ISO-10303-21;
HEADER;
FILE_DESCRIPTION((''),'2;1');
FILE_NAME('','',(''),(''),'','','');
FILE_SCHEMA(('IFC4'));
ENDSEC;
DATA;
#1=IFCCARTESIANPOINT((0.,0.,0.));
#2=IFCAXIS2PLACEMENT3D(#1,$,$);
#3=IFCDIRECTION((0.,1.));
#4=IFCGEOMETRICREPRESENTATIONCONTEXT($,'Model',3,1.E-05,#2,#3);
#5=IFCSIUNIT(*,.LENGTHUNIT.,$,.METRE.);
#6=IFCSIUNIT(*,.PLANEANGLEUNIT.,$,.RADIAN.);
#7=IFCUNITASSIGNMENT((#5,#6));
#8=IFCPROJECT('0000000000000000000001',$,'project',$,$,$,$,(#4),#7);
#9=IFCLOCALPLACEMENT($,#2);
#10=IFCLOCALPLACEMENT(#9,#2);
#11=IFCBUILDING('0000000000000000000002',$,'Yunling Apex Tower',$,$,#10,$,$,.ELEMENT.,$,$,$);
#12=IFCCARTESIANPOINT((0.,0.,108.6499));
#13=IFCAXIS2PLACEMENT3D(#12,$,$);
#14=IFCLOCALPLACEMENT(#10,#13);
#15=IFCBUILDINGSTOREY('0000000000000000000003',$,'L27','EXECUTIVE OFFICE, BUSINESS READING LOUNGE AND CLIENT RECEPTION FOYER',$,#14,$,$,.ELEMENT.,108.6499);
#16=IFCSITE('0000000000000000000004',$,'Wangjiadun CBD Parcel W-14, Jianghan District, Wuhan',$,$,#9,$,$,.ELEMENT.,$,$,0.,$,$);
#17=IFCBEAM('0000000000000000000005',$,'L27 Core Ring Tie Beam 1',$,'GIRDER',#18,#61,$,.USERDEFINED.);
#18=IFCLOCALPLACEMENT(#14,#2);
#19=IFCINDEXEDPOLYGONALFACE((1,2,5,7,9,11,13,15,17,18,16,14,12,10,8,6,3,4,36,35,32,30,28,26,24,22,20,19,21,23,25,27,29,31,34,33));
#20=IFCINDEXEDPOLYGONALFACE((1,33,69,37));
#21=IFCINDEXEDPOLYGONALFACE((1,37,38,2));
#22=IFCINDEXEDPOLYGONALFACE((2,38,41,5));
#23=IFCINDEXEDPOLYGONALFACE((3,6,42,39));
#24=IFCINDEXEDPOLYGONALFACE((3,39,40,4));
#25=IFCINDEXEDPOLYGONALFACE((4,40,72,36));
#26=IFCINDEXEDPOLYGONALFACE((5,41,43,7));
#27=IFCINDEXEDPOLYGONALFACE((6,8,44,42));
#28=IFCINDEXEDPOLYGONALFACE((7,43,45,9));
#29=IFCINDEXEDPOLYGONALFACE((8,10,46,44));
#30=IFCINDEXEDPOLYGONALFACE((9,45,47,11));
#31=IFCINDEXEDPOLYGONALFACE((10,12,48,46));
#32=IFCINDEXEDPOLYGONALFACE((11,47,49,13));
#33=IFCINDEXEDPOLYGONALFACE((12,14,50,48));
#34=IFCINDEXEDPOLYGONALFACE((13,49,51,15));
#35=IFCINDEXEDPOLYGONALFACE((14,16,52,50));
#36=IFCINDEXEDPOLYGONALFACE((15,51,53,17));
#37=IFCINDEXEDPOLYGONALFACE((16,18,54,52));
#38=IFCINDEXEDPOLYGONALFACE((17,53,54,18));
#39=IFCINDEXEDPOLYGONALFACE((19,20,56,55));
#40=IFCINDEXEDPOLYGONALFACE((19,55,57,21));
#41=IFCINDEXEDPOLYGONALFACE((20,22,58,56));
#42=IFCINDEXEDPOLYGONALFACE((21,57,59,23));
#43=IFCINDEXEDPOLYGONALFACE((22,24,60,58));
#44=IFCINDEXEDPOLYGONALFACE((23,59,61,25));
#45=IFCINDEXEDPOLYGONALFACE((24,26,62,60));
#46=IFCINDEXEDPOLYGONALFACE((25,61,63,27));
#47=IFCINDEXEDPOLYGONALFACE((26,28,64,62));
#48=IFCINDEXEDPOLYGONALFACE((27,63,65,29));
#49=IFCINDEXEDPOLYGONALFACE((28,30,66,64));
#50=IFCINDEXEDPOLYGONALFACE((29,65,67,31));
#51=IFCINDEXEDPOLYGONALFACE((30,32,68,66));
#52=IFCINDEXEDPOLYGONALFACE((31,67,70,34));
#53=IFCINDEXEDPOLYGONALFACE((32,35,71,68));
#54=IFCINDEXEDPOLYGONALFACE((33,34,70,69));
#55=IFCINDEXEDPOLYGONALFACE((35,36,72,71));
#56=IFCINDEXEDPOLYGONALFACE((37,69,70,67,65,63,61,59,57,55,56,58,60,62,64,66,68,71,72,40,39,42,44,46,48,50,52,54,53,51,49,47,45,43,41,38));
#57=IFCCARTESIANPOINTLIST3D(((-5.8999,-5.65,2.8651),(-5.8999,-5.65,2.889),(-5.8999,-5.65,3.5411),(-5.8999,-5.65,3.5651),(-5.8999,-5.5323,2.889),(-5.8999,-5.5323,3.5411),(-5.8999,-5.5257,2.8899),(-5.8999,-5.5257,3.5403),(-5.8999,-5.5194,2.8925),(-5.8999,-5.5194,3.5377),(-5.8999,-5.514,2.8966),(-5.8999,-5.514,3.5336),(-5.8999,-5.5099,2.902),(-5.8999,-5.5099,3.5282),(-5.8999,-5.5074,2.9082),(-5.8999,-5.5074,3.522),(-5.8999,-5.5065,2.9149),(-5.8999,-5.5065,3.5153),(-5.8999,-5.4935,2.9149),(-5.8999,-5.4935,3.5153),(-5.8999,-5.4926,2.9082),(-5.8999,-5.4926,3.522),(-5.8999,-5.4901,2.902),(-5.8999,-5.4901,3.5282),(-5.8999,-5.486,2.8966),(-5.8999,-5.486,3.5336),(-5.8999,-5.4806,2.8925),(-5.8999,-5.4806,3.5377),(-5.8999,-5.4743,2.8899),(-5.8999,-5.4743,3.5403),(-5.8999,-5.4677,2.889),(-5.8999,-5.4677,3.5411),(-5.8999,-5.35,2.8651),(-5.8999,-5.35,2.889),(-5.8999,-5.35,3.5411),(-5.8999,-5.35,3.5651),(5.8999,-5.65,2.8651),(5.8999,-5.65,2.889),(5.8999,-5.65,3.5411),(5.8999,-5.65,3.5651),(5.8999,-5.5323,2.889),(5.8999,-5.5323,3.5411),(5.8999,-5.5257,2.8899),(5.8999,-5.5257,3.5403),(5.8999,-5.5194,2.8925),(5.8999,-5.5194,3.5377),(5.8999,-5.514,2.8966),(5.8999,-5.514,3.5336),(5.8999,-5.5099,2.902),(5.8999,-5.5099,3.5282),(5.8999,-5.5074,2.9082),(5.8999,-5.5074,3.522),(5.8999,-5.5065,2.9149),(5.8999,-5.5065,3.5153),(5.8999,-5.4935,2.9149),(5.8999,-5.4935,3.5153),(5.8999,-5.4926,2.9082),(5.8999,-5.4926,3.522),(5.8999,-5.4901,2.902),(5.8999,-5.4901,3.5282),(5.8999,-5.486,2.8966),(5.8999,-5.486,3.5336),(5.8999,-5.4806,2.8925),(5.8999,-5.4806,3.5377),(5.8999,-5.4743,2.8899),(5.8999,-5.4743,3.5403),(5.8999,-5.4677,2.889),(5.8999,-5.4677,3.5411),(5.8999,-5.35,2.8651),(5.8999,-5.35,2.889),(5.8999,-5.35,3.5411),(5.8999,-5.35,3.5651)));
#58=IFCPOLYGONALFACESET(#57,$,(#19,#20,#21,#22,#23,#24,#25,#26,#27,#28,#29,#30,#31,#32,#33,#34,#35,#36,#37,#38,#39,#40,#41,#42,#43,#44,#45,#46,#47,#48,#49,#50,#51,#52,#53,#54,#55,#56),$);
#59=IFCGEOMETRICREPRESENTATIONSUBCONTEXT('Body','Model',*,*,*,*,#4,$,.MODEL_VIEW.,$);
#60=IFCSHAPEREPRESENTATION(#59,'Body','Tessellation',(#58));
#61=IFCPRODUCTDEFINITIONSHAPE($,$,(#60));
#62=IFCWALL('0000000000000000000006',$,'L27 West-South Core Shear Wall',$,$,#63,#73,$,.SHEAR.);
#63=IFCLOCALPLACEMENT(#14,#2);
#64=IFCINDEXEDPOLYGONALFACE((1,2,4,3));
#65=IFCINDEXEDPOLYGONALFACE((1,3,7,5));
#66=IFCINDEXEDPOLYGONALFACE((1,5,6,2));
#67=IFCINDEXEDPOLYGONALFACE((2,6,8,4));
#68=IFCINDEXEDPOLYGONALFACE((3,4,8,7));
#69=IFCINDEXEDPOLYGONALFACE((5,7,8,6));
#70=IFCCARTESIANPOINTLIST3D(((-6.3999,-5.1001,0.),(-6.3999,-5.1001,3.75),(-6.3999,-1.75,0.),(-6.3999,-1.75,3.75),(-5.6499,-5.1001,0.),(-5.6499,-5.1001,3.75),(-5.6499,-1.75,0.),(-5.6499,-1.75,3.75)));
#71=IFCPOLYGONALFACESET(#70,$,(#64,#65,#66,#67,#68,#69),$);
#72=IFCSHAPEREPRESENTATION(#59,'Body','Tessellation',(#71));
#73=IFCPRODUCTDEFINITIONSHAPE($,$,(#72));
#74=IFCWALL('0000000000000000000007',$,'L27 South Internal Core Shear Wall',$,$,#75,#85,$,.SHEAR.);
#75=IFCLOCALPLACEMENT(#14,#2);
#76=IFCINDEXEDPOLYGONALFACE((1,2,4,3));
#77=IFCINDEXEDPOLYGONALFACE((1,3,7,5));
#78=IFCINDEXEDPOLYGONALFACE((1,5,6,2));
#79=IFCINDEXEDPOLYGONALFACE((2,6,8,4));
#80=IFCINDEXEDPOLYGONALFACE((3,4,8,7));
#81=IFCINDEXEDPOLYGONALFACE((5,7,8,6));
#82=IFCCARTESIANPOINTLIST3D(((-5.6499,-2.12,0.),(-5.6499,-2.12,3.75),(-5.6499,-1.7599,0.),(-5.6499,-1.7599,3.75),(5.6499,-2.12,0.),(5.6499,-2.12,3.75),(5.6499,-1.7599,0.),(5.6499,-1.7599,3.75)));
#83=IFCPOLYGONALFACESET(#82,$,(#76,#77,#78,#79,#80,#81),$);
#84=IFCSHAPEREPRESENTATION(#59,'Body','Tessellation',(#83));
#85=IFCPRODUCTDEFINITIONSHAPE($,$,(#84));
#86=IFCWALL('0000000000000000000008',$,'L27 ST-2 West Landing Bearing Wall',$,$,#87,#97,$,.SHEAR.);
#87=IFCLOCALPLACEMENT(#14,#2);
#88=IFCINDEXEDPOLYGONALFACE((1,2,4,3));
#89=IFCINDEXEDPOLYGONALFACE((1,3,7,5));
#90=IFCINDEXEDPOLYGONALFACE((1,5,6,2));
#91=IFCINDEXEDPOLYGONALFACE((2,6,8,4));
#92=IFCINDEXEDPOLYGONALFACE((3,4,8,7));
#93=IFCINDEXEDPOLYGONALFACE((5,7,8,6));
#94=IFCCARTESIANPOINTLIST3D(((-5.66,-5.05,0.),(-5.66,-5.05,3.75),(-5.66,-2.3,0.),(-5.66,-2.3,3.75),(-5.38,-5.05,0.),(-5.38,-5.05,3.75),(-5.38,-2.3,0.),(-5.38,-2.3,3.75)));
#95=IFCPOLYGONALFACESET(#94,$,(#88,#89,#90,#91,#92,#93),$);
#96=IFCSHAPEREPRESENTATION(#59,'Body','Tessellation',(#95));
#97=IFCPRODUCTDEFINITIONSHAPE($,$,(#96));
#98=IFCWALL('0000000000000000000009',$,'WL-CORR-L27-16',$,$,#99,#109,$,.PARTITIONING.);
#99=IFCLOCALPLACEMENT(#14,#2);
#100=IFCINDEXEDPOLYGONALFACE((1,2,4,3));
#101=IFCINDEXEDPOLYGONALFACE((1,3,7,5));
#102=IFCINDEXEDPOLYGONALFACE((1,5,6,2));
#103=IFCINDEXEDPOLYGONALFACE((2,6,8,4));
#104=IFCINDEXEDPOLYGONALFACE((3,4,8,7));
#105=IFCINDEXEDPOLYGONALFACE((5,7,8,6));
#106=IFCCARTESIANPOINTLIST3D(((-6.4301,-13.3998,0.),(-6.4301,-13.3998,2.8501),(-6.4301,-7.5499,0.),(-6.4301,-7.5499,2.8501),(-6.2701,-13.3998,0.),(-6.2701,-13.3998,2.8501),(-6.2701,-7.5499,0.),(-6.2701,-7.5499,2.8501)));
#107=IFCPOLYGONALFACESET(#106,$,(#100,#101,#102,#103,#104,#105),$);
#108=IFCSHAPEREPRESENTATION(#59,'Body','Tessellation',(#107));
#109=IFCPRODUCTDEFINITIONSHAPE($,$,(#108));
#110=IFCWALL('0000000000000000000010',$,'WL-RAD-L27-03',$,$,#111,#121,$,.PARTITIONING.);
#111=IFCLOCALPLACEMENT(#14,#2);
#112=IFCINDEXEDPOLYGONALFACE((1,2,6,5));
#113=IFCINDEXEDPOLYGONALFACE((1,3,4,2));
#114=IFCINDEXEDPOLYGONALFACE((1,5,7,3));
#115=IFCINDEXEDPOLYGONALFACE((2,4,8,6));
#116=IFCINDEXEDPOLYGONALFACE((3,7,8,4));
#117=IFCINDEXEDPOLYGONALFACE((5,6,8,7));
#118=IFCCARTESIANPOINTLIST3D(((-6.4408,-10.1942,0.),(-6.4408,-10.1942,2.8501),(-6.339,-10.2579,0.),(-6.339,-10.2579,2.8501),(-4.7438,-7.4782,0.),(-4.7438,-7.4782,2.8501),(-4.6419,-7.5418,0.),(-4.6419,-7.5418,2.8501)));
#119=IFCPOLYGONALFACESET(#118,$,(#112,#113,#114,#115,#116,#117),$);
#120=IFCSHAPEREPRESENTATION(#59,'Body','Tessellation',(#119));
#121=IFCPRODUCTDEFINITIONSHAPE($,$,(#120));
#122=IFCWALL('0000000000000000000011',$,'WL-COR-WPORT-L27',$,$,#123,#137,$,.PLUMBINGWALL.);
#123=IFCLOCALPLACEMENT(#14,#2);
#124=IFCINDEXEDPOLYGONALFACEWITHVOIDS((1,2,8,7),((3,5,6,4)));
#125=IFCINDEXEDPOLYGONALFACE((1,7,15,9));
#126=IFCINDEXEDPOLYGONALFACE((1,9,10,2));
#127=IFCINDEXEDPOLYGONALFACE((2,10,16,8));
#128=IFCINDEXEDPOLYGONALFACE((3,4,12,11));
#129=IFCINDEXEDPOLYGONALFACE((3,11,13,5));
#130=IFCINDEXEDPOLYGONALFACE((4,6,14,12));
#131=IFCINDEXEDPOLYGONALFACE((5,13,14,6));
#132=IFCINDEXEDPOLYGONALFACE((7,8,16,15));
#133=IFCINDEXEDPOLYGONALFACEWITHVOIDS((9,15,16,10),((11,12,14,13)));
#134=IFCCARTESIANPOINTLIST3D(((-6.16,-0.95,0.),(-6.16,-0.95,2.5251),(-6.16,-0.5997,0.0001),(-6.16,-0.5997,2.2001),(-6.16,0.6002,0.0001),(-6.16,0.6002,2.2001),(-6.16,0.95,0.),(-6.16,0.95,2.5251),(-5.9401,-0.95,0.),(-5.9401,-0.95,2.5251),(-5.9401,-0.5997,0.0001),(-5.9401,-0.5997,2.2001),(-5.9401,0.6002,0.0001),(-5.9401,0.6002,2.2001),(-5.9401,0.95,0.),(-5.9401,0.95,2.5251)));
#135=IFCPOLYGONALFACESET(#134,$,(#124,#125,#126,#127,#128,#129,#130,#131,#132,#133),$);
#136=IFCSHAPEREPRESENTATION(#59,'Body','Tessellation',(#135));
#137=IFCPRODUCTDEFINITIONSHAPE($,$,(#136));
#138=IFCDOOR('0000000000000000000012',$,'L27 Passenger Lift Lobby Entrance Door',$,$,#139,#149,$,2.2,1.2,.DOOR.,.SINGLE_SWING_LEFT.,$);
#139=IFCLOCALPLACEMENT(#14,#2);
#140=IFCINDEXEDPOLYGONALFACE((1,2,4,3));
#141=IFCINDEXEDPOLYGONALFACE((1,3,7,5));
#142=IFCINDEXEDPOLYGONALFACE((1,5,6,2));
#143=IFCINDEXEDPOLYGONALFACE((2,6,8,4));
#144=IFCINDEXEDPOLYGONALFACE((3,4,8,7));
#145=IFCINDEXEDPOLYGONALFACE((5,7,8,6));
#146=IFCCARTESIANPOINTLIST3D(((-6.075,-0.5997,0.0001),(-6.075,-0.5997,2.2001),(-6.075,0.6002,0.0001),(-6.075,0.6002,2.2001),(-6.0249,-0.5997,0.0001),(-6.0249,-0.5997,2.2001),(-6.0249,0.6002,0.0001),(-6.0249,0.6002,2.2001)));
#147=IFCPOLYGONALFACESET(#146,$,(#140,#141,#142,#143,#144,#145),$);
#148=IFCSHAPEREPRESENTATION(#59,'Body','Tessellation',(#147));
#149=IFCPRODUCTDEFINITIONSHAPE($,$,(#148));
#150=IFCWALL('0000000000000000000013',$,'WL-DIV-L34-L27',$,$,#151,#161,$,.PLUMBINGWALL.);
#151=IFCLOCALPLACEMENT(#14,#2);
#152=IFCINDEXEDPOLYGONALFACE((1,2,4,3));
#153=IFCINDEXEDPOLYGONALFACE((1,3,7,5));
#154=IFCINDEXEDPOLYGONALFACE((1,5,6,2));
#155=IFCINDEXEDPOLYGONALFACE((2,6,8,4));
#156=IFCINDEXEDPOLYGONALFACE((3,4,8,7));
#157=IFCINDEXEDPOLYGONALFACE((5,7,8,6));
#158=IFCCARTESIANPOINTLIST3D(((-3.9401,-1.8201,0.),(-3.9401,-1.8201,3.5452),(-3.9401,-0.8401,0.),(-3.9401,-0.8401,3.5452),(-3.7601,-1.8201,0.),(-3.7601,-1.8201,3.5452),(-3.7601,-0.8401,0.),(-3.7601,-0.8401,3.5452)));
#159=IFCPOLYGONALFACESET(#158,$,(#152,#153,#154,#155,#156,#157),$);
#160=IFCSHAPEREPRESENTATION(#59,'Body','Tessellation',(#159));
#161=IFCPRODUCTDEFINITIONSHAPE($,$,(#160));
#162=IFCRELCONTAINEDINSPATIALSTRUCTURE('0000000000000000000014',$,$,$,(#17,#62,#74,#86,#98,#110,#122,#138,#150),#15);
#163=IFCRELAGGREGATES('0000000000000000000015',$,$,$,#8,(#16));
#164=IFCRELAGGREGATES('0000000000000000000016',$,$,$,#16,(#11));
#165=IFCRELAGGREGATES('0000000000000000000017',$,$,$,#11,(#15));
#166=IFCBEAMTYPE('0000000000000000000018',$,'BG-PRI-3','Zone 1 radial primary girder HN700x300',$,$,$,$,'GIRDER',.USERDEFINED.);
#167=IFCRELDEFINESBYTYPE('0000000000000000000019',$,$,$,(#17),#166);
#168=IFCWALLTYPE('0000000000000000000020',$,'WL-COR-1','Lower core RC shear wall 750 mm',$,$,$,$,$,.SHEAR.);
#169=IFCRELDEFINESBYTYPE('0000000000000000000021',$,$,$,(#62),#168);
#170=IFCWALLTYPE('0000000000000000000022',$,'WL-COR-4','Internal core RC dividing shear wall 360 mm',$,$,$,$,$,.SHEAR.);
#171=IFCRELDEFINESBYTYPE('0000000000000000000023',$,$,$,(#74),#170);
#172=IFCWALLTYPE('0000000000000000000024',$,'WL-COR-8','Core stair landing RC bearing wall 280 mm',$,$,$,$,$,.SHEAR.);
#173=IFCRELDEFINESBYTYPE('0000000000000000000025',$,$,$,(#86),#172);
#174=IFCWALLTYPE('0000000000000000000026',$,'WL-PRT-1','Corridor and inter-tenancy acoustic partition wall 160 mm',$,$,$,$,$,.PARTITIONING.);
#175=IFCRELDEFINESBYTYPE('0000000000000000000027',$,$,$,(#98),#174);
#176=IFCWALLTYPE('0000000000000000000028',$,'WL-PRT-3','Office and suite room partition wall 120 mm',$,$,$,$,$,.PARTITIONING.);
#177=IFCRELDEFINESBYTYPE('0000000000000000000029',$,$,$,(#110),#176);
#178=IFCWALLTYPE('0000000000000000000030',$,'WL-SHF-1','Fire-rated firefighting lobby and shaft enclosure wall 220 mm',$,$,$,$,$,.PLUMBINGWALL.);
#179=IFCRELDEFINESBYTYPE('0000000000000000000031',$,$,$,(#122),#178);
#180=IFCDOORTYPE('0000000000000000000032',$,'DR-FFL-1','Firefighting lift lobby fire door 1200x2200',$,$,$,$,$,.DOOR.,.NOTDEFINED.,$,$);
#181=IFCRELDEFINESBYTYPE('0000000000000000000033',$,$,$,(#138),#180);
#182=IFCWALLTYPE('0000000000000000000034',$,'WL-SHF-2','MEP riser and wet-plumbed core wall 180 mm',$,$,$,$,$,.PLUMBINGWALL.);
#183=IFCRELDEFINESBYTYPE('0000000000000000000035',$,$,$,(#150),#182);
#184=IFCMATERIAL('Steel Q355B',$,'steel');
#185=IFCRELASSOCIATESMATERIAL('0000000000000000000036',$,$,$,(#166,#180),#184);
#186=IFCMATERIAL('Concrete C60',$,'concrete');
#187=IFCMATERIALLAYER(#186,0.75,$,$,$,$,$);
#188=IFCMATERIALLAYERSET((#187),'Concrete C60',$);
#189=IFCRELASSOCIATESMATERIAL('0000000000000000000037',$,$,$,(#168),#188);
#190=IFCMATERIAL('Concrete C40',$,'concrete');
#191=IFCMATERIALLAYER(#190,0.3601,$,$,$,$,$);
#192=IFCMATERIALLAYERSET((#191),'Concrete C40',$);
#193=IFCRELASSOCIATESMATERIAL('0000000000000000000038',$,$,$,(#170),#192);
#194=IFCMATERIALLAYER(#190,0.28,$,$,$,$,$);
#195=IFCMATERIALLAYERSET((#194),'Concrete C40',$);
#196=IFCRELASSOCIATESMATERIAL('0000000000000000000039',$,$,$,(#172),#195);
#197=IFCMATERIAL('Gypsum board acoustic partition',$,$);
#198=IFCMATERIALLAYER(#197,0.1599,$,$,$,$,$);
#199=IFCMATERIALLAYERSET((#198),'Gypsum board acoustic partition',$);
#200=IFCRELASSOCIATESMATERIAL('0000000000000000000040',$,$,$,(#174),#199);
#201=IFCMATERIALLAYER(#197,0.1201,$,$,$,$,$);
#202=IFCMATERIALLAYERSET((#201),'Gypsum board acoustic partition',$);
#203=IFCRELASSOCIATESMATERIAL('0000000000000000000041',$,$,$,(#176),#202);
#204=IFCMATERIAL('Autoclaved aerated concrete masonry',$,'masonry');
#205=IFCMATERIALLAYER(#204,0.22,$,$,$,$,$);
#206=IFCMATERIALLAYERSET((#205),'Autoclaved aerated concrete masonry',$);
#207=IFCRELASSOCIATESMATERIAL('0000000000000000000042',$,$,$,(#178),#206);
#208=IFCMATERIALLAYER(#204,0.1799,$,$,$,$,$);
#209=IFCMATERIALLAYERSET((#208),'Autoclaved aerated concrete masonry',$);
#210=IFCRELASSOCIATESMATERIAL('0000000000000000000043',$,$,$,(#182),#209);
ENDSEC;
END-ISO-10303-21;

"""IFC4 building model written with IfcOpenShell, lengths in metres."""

from ifc_helpers import new_model, si_unit, direction, frame, frame_2d, origin, origin_2d, place, context, subcontext, project, spatial, rectangle, i_section, extrude, source, transform, mapped, material, layer, layer_set, material_profile, profile_set, type_object, element, fill, save


model = new_model("IFC4")

# Units and contexts
model_context = context("Model", 3, precision=1e-05, world=origin(), true_north=direction((0.0, 1.0)))
body_context = subcontext(model_context, "Body", "Model", "MODEL_VIEW")
ifc_project = project(units=[si_unit("LENGTHUNIT", "METRE"), si_unit("PLANEANGLEUNIT", "RADIAN")], contexts=[model_context])

# Site, building, storey
site_placement = place(None, origin())
site = spatial("IfcSite", under=ifc_project, at=site_placement, Name="Wangjiadun CBD Parcel W-14, Jianghan District, Wuhan", CompositionType="ELEMENT", RefElevation=0.0)
building_placement = place(site_placement, origin())
building = spatial("IfcBuilding", under=site, at=building_placement, Name="Yunling Apex Tower", CompositionType="ELEMENT")
storey_placement = place(building_placement, frame((0.0, 0.0, 108.6499)))
storey = spatial("IfcBuildingStorey", under=building, at=storey_placement, Name="L27", Description="EXECUTIVE OFFICE, BUSINESS READING LOUNGE AND CLIENT RECEPTION FOYER", CompositionType="ELEMENT", Elevation=108.6499)

# Shared definitions
ifc_material_1 = material(Name="Concrete C60", Category="concrete")

# Beam
ifc_material_2 = material(Name="Steel Q355B", Category="steel")
ifc_material_profile_1 = material_profile(ifc_material_2, i_section(OverallWidth=0.3, OverallDepth=0.7, WebThickness=0.0129, FlangeThickness=0.0239, FilletRadius=0.0259, at=origin_2d()))
ifc_profile_set_1 = profile_set([ifc_material_profile_1], Name="Steel Q355B")
beam_type_1 = type_object("IfcBeamType", Name="BG-PRI-3", Description="Zone 1 radial primary girder HN700x300", ElementType="GIRDER", PredefinedType="USERDEFINED", material=ifc_profile_set_1)
shared_shape_1 = source(origin(), body_context, "Body", "SweptSolid", [
    extrude(i_section(OverallWidth=0.3, OverallDepth=0.7, WebThickness=0.0129, FlangeThickness=0.0239, FilletRadius=0.0259, at=origin_2d()), origin(), (0.0, 0.0, 1.0), 11.7998),
])
beam_1_placement = place(storey_placement, frame((-5.8999, -5.5, 3.2151), z_axis=(1.0, 0.0, 0.0), x_axis=(0.0, 1.0, 0.0)))
element("IfcBeam", 1, at=beam_1_placement, inside=storey, type_object=beam_type_1, Name="L27 Core Ring Tie Beam 1", ObjectType="GIRDER", PredefinedType="USERDEFINED", context=body_context, shape_type="MappedRepresentation", body=[
    mapped(shared_shape_1, transform((0.0, 0.0, 0.0), scale=1.0)),
])

# Walls
ifc_layer_1 = layer(ifc_material_1, 0.75)
ifc_layer_set_1 = layer_set([ifc_layer_1], Name="Concrete C60")
wall_type_1 = type_object("IfcWallType", Name="WL-COR-1", Description="Lower core RC shear wall 750 mm", PredefinedType="SHEAR", material=ifc_layer_set_1)
wall_1_placement = place(storey_placement, frame((-6.0249, -5.1001, 0.0), z_axis=(0.0, 0.0, 1.0), x_axis=(0.0, 1.0, 0.0)))
element("IfcWall", 2, at=wall_1_placement, inside=storey, type_object=wall_type_1, Name="L27 West-South Core Shear Wall", PredefinedType="SHEAR", context=body_context, shape_type="SweptSolid", body=[
    extrude(rectangle(XDim=3.3501, YDim=0.75, at=frame_2d((1.675, 0.0))), origin(), (0.0, 0.0, 1.0), 3.75),
])
ifc_material_3 = material(Name="Concrete C40", Category="concrete")
ifc_layer_2 = layer(ifc_material_3, 0.3601)
ifc_layer_set_2 = layer_set([ifc_layer_2], Name="Concrete C40")
wall_type_2 = type_object("IfcWallType", Name="WL-COR-4", Description="Internal core RC dividing shear wall 360 mm", PredefinedType="SHEAR", material=ifc_layer_set_2)
wall_2_placement = place(storey_placement, frame((-5.6499, -1.9399, 0.0), z_axis=(0.0, 0.0, 1.0), x_axis=(1.0, 0.0, 0.0)))
element("IfcWall", 3, at=wall_2_placement, inside=storey, type_object=wall_type_2, Name="L27 South Internal Core Shear Wall", PredefinedType="SHEAR", context=body_context, shape_type="SweptSolid", body=[
    extrude(rectangle(XDim=11.2998, YDim=0.3601, at=frame_2d((5.6499, 0.0))), origin(), (0.0, 0.0, 1.0), 3.75),
])
ifc_layer_3 = layer(ifc_material_3, 0.28)
ifc_layer_set_3 = layer_set([ifc_layer_3], Name="Concrete C40")
wall_type_3 = type_object("IfcWallType", Name="WL-COR-8", Description="Core stair landing RC bearing wall 280 mm", PredefinedType="SHEAR", material=ifc_layer_set_3)
wall_3_placement = place(storey_placement, frame((-5.52, -5.05, 0.0), z_axis=(0.0, 0.0, 1.0), x_axis=(0.0, 1.0, 0.0)))
element("IfcWall", 4, at=wall_3_placement, inside=storey, type_object=wall_type_3, Name="L27 ST-2 West Landing Bearing Wall", PredefinedType="SHEAR", context=body_context, shape_type="SweptSolid", body=[
    extrude(rectangle(XDim=2.75, YDim=0.28, at=frame_2d((1.375, 0.0))), origin(), (0.0, 0.0, 1.0), 3.75),
])
ifc_material_4 = material(Name="Gypsum board acoustic partition")
ifc_layer_4 = layer(ifc_material_4, 0.1599)
ifc_layer_set_4 = layer_set([ifc_layer_4], Name="Gypsum board acoustic partition")
wall_type_4 = type_object("IfcWallType", Name="WL-PRT-1", Description="Corridor and inter-tenancy acoustic partition wall 160 mm", PredefinedType="PARTITIONING", material=ifc_layer_set_4)
wall_4_placement = place(storey_placement, frame((-6.3501, -7.55, 0.0), z_axis=(0.0, 0.0, 1.0), x_axis=(0.0, -1.0, 0.0)))
element("IfcWall", 5, at=wall_4_placement, inside=storey, type_object=wall_type_4, Name="WL-CORR-L27-16", PredefinedType="PARTITIONING", context=body_context, shape_type="SweptSolid", body=[
    extrude(rectangle(XDim=5.8499, YDim=0.1599, at=frame_2d((2.9248, 0.0))), origin(), (0.0, 0.0, 1.0), 2.8501),
])
ifc_layer_5 = layer(ifc_material_4, 0.1201)
ifc_layer_set_5 = layer_set([ifc_layer_5], Name="Gypsum board acoustic partition")
wall_type_5 = type_object("IfcWallType", Name="WL-PRT-3", Description="Office and suite room partition wall 120 mm", PredefinedType="PARTITIONING", material=ifc_layer_set_5)
wall_5_placement = place(storey_placement, frame((-4.6929, -7.51, 0.0), z_axis=(0.0, 0.0, 1.0), x_axis=(-0.529882, -0.848071, 0.0)))
element("IfcWall", 6, at=wall_5_placement, inside=storey, type_object=wall_type_5, Name="WL-RAD-L27-03", PredefinedType="PARTITIONING", context=body_context, shape_type="SweptSolid", body=[
    extrude(rectangle(XDim=3.2026, YDim=0.1201, at=frame_2d((1.6013, 0.0))), origin(), (0.0, 0.0, 1.0), 2.8501),
])

# Wall, opening, door
ifc_material_5 = material(Name="Autoclaved aerated concrete masonry", Category="masonry")
ifc_layer_6 = layer(ifc_material_5, 0.22)
ifc_layer_set_6 = layer_set([ifc_layer_6], Name="Autoclaved aerated concrete masonry")
wall_type_6 = type_object("IfcWallType", Name="WL-SHF-1", Description="Fire-rated firefighting lobby and shaft enclosure wall 220 mm", PredefinedType="PLUMBINGWALL", material=ifc_layer_set_6)
wall_6_placement = place(storey_placement, frame((-6.05, -0.95, 0.0), z_axis=(0.0, 0.0, 1.0), x_axis=(0.0, 1.0, 0.0)))
wall_6 = element("IfcWall", 7, at=wall_6_placement, inside=storey, type_object=wall_type_6, Name="WL-COR-WPORT-L27", PredefinedType="PLUMBINGWALL", context=body_context, shape_type="SweptSolid", body=[
    extrude(rectangle(XDim=1.8999, YDim=0.22, at=frame_2d((0.95, 0.0))), origin(), (0.0, 0.0, 1.0), 2.5251),
])
opening_1_placement = place(wall_6_placement, frame((0.3501, 0.0, 0.0)))
opening_1 = element("IfcOpeningElement", 8, at=opening_1_placement, cuts=wall_6, PredefinedType="OPENING", context=body_context, shape_type="SweptSolid", body=[
    extrude(rectangle(XDim=1.2, YDim=2.2, at=frame_2d((0.6001, 1.1001))), frame((0.0, 0.1201, 0.0), z_axis=(0.0, -1.0, 0.0), x_axis=(1.0, 0.0, 0.0)), (0.0, 0.0, 1.0), 0.24),
])
door_type_1 = type_object("IfcDoorType", Name="DR-FFL-1", Description="Firefighting lift lobby fire door 1200x2200", OperationType="NOTDEFINED", PredefinedType="DOOR", material=ifc_material_2)
door_1_placement = place(opening_1_placement, origin())
door_1 = element("IfcDoor", 9, at=door_1_placement, inside=storey, type_object=door_type_1, Name="L27 Passenger Lift Lobby Entrance Door", OperationType="SINGLE_SWING_LEFT", OverallHeight=2.2, OverallWidth=1.2, PredefinedType="DOOR", context=body_context, shape_type="SweptSolid", body=[
    extrude(rectangle(XDim=1.2, YDim=2.2, at=frame_2d((0.6001, 1.1001))), frame((0.0, 0.0249, 0.0), z_axis=(0.0, -1.0, 0.0), x_axis=(1.0, 0.0, 0.0)), (0.0, 0.0, 1.0), 0.05),
])
fill(opening_1, door_1)

# Wall
ifc_layer_7 = layer(ifc_material_5, 0.1799)
ifc_layer_set_7 = layer_set([ifc_layer_7], Name="Autoclaved aerated concrete masonry")
wall_type_7 = type_object("IfcWallType", Name="WL-SHF-2", Description="MEP riser and wet-plumbed core wall 180 mm", PredefinedType="PLUMBINGWALL", material=ifc_layer_set_7)
wall_7_placement = place(storey_placement, frame((-3.8501, -1.8201, 0.0), z_axis=(0.0, 0.0, 1.0), x_axis=(0.0, 1.0, 0.0)))
element("IfcWall", 10, at=wall_7_placement, inside=storey, type_object=wall_type_7, Name="WL-DIV-L34-L27", PredefinedType="PLUMBINGWALL", context=body_context, shape_type="SweptSolid", body=[
    extrude(rectangle(XDim=0.98, YDim=0.1799, at=frame_2d((0.49, 0.0))), origin(), (0.0, 0.0, 1.0), 3.5452),
])

save(model, "model.ifc")
